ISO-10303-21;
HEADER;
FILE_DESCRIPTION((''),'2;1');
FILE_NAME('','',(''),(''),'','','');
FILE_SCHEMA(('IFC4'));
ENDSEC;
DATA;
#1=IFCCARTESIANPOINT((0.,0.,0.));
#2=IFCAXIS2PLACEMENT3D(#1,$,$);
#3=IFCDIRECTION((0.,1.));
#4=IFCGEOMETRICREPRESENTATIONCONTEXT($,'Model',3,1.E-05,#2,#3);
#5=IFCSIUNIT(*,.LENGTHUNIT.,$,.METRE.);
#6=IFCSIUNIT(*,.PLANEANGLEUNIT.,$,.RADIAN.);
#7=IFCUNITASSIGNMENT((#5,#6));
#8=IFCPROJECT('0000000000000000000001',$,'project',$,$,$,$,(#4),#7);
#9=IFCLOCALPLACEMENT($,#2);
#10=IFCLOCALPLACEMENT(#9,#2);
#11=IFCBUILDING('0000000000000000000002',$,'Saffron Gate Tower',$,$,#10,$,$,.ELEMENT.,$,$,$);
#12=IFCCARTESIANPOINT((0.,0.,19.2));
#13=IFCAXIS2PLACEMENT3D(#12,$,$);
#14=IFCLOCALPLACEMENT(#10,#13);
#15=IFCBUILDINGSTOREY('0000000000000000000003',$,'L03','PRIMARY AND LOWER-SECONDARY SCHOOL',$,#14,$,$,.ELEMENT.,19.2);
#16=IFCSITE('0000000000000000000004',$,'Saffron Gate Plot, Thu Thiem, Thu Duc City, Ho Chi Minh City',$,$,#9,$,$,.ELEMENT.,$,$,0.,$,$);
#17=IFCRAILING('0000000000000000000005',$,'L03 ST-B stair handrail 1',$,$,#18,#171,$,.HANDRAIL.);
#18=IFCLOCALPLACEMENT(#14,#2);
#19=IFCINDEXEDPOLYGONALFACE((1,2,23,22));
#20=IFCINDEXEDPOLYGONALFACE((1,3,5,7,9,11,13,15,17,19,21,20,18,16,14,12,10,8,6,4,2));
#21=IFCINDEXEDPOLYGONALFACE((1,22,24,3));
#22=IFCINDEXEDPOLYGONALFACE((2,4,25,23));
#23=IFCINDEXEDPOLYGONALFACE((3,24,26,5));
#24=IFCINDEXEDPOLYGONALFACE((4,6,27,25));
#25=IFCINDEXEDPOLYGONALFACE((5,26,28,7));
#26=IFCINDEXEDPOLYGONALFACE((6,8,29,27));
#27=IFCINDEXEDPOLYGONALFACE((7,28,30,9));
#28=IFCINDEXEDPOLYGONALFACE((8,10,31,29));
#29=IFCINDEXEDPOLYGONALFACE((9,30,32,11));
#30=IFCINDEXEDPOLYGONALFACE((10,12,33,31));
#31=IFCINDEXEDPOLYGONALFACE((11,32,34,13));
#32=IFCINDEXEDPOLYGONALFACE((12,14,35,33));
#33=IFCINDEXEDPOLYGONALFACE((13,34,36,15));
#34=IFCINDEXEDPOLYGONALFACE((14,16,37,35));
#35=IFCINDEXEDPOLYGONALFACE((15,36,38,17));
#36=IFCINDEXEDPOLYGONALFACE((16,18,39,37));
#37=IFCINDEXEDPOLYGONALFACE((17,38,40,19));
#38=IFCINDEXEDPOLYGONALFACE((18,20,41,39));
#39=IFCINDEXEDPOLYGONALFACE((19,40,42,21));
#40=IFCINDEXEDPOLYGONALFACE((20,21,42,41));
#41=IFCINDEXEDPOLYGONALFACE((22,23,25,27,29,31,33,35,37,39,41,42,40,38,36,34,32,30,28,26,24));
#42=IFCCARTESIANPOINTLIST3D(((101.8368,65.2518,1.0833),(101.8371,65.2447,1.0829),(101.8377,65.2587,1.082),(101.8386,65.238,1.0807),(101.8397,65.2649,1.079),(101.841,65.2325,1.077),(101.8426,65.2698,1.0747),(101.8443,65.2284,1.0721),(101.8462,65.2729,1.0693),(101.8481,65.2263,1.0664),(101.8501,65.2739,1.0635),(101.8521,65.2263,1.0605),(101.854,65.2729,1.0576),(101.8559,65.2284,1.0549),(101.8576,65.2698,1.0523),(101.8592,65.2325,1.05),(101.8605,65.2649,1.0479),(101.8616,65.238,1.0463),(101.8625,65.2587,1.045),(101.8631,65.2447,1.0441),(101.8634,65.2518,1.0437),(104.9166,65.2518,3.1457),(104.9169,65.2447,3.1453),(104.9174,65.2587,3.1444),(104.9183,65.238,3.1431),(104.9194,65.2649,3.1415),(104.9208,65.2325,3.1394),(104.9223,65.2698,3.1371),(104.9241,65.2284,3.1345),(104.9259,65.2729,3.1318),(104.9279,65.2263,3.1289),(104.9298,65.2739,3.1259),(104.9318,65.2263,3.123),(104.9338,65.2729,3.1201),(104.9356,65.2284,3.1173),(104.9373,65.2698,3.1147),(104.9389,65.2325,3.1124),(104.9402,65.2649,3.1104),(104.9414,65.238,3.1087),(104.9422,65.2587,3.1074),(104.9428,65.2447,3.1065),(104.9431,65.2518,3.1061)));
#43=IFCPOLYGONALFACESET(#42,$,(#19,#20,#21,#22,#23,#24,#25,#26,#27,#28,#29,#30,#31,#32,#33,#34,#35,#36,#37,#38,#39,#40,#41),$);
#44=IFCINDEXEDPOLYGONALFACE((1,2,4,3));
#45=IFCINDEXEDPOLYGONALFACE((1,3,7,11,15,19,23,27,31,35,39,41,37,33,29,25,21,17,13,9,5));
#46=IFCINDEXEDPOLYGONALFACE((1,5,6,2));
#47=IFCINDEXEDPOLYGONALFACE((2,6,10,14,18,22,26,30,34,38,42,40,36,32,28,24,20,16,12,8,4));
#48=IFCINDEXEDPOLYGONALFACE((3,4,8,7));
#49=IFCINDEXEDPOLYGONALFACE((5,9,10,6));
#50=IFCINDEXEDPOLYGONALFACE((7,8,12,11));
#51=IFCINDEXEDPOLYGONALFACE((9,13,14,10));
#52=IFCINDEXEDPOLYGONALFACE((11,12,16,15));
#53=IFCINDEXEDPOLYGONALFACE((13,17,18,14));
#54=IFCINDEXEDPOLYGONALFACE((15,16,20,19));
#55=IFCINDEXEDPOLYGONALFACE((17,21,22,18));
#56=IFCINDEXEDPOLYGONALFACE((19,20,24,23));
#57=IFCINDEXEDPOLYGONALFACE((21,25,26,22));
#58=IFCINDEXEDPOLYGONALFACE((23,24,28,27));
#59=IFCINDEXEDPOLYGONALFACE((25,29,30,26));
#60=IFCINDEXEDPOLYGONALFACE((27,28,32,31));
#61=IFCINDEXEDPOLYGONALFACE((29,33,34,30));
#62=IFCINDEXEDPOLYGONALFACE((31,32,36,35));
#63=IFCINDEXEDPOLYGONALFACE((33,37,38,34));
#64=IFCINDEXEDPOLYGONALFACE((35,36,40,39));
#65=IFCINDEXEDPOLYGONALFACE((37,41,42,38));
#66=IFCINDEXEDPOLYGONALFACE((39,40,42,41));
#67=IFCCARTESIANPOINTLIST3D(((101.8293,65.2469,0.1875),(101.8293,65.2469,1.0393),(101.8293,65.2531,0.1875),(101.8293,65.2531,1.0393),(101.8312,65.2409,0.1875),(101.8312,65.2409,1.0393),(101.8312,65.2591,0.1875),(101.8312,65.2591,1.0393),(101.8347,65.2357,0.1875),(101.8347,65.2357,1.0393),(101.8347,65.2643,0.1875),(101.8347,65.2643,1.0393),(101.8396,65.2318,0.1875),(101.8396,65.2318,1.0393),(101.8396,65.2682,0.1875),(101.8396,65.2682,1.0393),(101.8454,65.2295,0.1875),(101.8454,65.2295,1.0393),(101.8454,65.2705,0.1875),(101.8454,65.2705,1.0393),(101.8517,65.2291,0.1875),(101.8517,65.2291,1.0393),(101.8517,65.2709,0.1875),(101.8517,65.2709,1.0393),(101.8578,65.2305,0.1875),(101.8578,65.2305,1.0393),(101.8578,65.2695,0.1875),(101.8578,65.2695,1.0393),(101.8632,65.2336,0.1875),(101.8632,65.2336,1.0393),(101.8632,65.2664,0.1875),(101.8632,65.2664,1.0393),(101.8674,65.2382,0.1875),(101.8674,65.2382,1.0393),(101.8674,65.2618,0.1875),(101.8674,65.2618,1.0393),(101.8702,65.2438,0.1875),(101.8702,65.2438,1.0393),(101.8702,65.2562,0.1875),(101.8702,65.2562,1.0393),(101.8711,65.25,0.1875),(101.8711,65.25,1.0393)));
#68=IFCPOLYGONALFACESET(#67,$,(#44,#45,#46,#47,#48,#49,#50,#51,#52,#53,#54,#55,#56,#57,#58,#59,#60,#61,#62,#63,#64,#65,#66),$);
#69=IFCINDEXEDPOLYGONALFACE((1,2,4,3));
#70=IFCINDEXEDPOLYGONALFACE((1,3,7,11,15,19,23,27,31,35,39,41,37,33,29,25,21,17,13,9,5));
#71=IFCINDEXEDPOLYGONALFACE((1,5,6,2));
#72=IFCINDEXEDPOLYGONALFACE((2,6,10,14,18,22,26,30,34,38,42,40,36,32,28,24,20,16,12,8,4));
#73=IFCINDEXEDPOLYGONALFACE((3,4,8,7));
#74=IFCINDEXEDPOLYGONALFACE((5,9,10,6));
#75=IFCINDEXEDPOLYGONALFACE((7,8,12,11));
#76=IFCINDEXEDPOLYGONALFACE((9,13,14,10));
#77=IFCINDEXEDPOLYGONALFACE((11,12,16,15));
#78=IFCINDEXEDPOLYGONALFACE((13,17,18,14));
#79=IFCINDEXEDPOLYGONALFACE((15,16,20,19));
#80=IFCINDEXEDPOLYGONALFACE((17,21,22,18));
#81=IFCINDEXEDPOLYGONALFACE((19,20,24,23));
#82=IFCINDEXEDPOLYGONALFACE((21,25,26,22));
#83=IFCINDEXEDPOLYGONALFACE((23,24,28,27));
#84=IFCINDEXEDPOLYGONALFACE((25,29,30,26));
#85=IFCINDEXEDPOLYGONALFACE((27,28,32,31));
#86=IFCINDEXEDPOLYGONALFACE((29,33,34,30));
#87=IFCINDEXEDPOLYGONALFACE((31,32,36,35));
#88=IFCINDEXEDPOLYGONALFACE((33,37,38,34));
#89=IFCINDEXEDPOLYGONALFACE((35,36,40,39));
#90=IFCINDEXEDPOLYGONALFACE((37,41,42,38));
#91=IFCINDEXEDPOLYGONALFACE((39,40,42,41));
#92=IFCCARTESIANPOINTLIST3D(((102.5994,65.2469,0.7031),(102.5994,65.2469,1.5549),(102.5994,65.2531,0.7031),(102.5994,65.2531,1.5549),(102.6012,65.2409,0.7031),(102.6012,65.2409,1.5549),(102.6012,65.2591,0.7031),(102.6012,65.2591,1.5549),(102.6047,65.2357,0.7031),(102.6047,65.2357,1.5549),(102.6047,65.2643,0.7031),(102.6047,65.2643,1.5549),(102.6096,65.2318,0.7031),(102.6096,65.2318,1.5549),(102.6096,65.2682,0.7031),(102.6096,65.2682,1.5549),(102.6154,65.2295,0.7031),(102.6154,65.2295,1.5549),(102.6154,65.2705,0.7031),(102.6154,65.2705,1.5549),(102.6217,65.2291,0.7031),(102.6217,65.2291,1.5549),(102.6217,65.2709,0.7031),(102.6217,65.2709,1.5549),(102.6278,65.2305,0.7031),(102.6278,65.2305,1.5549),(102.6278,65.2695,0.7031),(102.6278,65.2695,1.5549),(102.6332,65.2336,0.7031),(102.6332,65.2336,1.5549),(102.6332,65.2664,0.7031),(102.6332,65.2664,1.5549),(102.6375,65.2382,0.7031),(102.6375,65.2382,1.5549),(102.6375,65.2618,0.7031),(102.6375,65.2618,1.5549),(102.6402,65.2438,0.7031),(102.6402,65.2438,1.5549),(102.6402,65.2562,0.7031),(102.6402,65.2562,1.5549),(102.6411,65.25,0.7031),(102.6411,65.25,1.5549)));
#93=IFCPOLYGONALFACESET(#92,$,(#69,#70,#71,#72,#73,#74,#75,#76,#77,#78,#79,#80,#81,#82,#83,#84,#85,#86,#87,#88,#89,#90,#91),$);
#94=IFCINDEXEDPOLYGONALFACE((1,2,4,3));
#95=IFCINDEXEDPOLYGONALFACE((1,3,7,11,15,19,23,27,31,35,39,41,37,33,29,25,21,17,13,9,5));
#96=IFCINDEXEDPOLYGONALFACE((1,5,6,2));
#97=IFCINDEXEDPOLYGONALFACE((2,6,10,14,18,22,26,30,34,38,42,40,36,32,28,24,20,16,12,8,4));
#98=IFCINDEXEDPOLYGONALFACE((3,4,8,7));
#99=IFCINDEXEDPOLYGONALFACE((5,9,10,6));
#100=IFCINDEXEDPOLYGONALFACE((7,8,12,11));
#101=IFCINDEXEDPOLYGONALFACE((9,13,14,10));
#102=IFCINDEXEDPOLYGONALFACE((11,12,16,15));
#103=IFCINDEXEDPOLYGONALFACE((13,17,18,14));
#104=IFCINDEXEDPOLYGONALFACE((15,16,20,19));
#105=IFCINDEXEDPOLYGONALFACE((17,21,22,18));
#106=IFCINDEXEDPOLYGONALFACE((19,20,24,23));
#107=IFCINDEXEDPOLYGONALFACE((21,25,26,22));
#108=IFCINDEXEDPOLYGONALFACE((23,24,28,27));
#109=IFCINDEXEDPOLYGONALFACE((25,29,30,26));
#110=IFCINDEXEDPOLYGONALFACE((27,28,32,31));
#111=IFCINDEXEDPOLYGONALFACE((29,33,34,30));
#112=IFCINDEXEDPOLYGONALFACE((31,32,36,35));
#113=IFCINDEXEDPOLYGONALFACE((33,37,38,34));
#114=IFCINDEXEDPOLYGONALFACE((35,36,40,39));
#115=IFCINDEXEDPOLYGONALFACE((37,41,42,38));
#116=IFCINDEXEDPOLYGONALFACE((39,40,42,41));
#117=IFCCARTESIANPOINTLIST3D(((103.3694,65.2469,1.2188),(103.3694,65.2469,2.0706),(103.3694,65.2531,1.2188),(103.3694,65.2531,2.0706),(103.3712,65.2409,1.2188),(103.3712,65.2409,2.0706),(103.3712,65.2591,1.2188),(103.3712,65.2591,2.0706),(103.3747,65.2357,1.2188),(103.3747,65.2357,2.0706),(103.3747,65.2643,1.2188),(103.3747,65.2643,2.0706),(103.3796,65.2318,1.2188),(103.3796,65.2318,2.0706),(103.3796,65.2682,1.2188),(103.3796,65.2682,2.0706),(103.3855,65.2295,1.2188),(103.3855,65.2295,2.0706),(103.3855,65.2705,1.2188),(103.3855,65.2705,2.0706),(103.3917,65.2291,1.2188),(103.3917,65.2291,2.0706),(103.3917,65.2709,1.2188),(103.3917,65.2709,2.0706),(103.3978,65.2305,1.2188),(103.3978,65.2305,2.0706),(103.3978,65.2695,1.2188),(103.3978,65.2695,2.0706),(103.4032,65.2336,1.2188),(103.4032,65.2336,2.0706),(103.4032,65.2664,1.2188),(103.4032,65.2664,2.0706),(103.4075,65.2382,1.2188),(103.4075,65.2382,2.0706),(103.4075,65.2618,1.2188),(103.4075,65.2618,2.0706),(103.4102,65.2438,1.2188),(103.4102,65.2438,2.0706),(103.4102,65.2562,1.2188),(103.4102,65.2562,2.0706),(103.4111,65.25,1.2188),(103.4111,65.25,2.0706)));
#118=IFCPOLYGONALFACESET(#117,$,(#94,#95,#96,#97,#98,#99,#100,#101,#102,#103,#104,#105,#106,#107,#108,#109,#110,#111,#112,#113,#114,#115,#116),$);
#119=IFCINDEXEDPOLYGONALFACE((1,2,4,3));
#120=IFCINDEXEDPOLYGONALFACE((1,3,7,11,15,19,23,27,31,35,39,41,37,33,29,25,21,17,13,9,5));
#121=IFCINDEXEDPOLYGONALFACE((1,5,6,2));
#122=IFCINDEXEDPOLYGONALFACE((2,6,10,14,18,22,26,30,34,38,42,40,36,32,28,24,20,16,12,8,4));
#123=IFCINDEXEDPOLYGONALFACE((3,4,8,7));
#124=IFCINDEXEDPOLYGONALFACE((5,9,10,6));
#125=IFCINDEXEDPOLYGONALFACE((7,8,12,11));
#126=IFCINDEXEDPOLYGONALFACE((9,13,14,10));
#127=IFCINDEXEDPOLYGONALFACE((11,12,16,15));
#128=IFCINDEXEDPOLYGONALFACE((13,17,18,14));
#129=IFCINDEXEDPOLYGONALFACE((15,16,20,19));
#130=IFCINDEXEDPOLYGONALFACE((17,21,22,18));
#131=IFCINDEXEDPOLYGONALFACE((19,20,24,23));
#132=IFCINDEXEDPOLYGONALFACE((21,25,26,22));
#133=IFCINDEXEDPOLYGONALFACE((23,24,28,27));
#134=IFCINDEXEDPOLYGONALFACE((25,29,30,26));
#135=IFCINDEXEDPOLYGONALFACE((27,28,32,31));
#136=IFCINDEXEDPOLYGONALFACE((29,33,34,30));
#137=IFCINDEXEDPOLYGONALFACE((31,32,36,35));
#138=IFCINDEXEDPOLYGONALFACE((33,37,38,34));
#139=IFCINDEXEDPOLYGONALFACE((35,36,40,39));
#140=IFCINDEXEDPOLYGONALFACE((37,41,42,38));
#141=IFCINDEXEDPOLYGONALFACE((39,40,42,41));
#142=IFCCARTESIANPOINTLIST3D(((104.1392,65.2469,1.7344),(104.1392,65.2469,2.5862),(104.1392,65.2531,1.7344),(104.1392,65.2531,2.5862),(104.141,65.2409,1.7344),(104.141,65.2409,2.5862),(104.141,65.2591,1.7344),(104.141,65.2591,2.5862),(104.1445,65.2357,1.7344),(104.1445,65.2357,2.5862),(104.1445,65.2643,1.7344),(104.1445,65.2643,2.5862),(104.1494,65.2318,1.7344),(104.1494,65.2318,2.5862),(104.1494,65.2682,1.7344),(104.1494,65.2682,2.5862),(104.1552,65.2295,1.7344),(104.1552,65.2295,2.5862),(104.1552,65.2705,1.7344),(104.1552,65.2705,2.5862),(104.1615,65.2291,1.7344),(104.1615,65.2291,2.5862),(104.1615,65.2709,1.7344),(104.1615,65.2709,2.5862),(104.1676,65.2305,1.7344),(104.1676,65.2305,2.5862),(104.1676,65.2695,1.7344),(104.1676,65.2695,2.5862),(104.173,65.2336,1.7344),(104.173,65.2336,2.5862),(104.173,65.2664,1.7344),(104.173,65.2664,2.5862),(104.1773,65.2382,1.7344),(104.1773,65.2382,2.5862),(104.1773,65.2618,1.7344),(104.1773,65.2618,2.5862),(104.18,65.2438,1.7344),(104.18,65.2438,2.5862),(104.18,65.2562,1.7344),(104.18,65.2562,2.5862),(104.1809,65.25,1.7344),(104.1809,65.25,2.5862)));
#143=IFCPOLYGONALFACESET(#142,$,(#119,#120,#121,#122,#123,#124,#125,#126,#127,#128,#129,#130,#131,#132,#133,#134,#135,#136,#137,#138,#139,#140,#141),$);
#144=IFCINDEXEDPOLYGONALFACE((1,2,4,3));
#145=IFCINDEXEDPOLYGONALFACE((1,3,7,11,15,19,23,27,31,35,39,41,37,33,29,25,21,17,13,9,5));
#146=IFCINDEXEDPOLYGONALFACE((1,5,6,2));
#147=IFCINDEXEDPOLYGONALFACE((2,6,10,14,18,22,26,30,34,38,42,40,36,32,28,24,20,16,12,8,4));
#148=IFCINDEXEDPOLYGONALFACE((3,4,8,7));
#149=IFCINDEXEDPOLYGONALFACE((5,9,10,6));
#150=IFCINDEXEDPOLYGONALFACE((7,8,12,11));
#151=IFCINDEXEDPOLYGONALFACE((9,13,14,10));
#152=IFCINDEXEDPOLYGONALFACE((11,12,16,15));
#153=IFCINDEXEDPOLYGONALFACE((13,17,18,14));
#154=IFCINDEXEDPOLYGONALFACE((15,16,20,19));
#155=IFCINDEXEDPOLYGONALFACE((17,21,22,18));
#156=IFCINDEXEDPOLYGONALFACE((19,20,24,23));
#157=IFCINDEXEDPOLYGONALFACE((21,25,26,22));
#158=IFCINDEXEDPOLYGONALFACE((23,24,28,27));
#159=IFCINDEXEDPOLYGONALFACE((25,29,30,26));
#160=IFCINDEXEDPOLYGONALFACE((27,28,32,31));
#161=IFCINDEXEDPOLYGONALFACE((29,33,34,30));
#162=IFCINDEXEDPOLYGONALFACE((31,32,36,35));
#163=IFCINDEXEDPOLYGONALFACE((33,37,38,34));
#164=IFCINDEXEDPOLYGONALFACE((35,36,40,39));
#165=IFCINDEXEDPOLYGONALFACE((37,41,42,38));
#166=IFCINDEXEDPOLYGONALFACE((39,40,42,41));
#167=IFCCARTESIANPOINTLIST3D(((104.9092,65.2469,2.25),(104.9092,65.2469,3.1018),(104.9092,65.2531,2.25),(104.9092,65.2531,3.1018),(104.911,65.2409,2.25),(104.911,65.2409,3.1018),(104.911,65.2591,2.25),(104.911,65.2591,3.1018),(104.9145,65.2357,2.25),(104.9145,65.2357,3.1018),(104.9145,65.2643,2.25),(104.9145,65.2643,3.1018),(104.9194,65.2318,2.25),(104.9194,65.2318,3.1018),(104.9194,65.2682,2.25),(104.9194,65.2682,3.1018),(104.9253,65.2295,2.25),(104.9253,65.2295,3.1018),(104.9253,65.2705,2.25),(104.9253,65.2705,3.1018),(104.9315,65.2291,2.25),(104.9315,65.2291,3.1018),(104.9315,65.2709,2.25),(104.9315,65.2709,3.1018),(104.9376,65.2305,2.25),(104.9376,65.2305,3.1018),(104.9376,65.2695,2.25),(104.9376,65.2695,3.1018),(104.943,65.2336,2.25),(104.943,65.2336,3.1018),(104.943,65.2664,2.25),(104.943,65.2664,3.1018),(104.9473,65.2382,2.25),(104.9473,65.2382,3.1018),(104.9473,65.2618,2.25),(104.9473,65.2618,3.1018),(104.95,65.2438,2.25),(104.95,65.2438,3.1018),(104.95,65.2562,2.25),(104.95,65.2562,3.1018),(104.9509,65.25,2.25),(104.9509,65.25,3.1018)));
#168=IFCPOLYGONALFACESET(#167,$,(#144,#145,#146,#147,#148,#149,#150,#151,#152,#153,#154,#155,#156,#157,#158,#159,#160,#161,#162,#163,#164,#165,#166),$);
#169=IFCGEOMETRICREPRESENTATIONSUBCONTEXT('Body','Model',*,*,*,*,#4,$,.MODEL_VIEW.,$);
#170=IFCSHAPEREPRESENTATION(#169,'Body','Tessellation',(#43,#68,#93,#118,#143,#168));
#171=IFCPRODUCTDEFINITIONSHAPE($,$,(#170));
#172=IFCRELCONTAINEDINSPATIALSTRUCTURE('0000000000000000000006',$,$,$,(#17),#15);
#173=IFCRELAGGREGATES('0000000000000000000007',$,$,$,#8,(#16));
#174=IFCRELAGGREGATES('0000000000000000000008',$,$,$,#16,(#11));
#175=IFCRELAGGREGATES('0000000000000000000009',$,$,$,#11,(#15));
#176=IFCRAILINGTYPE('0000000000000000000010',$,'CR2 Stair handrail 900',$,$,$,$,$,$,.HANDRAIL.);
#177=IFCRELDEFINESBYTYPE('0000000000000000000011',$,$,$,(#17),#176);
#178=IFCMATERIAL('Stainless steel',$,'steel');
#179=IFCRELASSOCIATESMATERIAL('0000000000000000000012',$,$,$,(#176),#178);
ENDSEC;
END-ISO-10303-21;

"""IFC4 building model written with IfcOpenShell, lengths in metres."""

from ifc_helpers import new_model, si_unit, direction, frame, origin, origin_2d, place, context, subcontext, project, spatial, circle, extrude, material, type_object, element, save


model = new_model("IFC4")

# Units and contexts
model_context = context("Model", 3, precision=1e-05, world=origin(), true_north=direction((0.0, 1.0)))
body_context = subcontext(model_context, "Body", "Model", "MODEL_VIEW")
ifc_project = project(units=[si_unit("LENGTHUNIT", "METRE"), si_unit("PLANEANGLEUNIT", "RADIAN")], contexts=[model_context])

# Site, building, storey
site_placement = place(None, origin())
site = spatial("IfcSite", under=ifc_project, at=site_placement, Name="Saffron Gate Plot, Thu Thiem, Thu Duc City, Ho Chi Minh City", CompositionType="ELEMENT", RefElevation=0.0)
building_placement = place(site_placement, origin())
building = spatial("IfcBuilding", under=site, at=building_placement, Name="Saffron Gate Tower", CompositionType="ELEMENT")
storey_placement = place(building_placement, frame((0.0, 0.0, 19.2)))
storey = spatial("IfcBuildingStorey", under=building, at=storey_placement, Name="L03", Description="PRIMARY AND LOWER-SECONDARY SCHOOL", CompositionType="ELEMENT", Elevation=19.2)

# Railing
ifc_material_1 = material(Name="Stainless steel", Category="steel")
railing_type_1 = type_object("IfcRailingType", Name="CR2 Stair handrail 900", PredefinedType="HANDRAIL", material=ifc_material_1)
railing_1_placement = place(storey_placement, frame((101.8501, 65.25, 0.1875)))
element("IfcRailing", 1, at=railing_1_placement, inside=storey, type_object=railing_type_1, Name="L03 ST-B stair handrail 1", PredefinedType="HANDRAIL", context=body_context, shape_type="SweptSolid", body=[
    extrude(circle(Radius=0.0239, at=origin_2d()), frame((0.0, 0.0, 0.876), z_axis=(0.830893, 0.0, 0.556432), x_axis=(0.0, 1.0, 0.0)), (0.0, 0.0, 1.0), 3.7065),
    extrude(circle(Radius=0.021, at=origin_2d()), origin(), (0.0, 0.0, 1.0), 0.8518),
    extrude(circle(Radius=0.021, at=origin_2d()), frame((0.77, 0.0, 0.5156)), (0.0, 0.0, 1.0), 0.8518),
    extrude(circle(Radius=0.021, at=origin_2d()), frame((1.54, 0.0, 1.0312)), (0.0, 0.0, 1.0), 0.8518),
    extrude(circle(Radius=0.021, at=origin_2d()), frame((2.3098, 0.0, 1.5469)), (0.0, 0.0, 1.0), 0.8518),
    extrude(circle(Radius=0.021, at=origin_2d()), frame((3.0798, 0.0, 2.0625)), (0.0, 0.0, 1.0), 0.8518),
])

save(model, "model.ifc")
